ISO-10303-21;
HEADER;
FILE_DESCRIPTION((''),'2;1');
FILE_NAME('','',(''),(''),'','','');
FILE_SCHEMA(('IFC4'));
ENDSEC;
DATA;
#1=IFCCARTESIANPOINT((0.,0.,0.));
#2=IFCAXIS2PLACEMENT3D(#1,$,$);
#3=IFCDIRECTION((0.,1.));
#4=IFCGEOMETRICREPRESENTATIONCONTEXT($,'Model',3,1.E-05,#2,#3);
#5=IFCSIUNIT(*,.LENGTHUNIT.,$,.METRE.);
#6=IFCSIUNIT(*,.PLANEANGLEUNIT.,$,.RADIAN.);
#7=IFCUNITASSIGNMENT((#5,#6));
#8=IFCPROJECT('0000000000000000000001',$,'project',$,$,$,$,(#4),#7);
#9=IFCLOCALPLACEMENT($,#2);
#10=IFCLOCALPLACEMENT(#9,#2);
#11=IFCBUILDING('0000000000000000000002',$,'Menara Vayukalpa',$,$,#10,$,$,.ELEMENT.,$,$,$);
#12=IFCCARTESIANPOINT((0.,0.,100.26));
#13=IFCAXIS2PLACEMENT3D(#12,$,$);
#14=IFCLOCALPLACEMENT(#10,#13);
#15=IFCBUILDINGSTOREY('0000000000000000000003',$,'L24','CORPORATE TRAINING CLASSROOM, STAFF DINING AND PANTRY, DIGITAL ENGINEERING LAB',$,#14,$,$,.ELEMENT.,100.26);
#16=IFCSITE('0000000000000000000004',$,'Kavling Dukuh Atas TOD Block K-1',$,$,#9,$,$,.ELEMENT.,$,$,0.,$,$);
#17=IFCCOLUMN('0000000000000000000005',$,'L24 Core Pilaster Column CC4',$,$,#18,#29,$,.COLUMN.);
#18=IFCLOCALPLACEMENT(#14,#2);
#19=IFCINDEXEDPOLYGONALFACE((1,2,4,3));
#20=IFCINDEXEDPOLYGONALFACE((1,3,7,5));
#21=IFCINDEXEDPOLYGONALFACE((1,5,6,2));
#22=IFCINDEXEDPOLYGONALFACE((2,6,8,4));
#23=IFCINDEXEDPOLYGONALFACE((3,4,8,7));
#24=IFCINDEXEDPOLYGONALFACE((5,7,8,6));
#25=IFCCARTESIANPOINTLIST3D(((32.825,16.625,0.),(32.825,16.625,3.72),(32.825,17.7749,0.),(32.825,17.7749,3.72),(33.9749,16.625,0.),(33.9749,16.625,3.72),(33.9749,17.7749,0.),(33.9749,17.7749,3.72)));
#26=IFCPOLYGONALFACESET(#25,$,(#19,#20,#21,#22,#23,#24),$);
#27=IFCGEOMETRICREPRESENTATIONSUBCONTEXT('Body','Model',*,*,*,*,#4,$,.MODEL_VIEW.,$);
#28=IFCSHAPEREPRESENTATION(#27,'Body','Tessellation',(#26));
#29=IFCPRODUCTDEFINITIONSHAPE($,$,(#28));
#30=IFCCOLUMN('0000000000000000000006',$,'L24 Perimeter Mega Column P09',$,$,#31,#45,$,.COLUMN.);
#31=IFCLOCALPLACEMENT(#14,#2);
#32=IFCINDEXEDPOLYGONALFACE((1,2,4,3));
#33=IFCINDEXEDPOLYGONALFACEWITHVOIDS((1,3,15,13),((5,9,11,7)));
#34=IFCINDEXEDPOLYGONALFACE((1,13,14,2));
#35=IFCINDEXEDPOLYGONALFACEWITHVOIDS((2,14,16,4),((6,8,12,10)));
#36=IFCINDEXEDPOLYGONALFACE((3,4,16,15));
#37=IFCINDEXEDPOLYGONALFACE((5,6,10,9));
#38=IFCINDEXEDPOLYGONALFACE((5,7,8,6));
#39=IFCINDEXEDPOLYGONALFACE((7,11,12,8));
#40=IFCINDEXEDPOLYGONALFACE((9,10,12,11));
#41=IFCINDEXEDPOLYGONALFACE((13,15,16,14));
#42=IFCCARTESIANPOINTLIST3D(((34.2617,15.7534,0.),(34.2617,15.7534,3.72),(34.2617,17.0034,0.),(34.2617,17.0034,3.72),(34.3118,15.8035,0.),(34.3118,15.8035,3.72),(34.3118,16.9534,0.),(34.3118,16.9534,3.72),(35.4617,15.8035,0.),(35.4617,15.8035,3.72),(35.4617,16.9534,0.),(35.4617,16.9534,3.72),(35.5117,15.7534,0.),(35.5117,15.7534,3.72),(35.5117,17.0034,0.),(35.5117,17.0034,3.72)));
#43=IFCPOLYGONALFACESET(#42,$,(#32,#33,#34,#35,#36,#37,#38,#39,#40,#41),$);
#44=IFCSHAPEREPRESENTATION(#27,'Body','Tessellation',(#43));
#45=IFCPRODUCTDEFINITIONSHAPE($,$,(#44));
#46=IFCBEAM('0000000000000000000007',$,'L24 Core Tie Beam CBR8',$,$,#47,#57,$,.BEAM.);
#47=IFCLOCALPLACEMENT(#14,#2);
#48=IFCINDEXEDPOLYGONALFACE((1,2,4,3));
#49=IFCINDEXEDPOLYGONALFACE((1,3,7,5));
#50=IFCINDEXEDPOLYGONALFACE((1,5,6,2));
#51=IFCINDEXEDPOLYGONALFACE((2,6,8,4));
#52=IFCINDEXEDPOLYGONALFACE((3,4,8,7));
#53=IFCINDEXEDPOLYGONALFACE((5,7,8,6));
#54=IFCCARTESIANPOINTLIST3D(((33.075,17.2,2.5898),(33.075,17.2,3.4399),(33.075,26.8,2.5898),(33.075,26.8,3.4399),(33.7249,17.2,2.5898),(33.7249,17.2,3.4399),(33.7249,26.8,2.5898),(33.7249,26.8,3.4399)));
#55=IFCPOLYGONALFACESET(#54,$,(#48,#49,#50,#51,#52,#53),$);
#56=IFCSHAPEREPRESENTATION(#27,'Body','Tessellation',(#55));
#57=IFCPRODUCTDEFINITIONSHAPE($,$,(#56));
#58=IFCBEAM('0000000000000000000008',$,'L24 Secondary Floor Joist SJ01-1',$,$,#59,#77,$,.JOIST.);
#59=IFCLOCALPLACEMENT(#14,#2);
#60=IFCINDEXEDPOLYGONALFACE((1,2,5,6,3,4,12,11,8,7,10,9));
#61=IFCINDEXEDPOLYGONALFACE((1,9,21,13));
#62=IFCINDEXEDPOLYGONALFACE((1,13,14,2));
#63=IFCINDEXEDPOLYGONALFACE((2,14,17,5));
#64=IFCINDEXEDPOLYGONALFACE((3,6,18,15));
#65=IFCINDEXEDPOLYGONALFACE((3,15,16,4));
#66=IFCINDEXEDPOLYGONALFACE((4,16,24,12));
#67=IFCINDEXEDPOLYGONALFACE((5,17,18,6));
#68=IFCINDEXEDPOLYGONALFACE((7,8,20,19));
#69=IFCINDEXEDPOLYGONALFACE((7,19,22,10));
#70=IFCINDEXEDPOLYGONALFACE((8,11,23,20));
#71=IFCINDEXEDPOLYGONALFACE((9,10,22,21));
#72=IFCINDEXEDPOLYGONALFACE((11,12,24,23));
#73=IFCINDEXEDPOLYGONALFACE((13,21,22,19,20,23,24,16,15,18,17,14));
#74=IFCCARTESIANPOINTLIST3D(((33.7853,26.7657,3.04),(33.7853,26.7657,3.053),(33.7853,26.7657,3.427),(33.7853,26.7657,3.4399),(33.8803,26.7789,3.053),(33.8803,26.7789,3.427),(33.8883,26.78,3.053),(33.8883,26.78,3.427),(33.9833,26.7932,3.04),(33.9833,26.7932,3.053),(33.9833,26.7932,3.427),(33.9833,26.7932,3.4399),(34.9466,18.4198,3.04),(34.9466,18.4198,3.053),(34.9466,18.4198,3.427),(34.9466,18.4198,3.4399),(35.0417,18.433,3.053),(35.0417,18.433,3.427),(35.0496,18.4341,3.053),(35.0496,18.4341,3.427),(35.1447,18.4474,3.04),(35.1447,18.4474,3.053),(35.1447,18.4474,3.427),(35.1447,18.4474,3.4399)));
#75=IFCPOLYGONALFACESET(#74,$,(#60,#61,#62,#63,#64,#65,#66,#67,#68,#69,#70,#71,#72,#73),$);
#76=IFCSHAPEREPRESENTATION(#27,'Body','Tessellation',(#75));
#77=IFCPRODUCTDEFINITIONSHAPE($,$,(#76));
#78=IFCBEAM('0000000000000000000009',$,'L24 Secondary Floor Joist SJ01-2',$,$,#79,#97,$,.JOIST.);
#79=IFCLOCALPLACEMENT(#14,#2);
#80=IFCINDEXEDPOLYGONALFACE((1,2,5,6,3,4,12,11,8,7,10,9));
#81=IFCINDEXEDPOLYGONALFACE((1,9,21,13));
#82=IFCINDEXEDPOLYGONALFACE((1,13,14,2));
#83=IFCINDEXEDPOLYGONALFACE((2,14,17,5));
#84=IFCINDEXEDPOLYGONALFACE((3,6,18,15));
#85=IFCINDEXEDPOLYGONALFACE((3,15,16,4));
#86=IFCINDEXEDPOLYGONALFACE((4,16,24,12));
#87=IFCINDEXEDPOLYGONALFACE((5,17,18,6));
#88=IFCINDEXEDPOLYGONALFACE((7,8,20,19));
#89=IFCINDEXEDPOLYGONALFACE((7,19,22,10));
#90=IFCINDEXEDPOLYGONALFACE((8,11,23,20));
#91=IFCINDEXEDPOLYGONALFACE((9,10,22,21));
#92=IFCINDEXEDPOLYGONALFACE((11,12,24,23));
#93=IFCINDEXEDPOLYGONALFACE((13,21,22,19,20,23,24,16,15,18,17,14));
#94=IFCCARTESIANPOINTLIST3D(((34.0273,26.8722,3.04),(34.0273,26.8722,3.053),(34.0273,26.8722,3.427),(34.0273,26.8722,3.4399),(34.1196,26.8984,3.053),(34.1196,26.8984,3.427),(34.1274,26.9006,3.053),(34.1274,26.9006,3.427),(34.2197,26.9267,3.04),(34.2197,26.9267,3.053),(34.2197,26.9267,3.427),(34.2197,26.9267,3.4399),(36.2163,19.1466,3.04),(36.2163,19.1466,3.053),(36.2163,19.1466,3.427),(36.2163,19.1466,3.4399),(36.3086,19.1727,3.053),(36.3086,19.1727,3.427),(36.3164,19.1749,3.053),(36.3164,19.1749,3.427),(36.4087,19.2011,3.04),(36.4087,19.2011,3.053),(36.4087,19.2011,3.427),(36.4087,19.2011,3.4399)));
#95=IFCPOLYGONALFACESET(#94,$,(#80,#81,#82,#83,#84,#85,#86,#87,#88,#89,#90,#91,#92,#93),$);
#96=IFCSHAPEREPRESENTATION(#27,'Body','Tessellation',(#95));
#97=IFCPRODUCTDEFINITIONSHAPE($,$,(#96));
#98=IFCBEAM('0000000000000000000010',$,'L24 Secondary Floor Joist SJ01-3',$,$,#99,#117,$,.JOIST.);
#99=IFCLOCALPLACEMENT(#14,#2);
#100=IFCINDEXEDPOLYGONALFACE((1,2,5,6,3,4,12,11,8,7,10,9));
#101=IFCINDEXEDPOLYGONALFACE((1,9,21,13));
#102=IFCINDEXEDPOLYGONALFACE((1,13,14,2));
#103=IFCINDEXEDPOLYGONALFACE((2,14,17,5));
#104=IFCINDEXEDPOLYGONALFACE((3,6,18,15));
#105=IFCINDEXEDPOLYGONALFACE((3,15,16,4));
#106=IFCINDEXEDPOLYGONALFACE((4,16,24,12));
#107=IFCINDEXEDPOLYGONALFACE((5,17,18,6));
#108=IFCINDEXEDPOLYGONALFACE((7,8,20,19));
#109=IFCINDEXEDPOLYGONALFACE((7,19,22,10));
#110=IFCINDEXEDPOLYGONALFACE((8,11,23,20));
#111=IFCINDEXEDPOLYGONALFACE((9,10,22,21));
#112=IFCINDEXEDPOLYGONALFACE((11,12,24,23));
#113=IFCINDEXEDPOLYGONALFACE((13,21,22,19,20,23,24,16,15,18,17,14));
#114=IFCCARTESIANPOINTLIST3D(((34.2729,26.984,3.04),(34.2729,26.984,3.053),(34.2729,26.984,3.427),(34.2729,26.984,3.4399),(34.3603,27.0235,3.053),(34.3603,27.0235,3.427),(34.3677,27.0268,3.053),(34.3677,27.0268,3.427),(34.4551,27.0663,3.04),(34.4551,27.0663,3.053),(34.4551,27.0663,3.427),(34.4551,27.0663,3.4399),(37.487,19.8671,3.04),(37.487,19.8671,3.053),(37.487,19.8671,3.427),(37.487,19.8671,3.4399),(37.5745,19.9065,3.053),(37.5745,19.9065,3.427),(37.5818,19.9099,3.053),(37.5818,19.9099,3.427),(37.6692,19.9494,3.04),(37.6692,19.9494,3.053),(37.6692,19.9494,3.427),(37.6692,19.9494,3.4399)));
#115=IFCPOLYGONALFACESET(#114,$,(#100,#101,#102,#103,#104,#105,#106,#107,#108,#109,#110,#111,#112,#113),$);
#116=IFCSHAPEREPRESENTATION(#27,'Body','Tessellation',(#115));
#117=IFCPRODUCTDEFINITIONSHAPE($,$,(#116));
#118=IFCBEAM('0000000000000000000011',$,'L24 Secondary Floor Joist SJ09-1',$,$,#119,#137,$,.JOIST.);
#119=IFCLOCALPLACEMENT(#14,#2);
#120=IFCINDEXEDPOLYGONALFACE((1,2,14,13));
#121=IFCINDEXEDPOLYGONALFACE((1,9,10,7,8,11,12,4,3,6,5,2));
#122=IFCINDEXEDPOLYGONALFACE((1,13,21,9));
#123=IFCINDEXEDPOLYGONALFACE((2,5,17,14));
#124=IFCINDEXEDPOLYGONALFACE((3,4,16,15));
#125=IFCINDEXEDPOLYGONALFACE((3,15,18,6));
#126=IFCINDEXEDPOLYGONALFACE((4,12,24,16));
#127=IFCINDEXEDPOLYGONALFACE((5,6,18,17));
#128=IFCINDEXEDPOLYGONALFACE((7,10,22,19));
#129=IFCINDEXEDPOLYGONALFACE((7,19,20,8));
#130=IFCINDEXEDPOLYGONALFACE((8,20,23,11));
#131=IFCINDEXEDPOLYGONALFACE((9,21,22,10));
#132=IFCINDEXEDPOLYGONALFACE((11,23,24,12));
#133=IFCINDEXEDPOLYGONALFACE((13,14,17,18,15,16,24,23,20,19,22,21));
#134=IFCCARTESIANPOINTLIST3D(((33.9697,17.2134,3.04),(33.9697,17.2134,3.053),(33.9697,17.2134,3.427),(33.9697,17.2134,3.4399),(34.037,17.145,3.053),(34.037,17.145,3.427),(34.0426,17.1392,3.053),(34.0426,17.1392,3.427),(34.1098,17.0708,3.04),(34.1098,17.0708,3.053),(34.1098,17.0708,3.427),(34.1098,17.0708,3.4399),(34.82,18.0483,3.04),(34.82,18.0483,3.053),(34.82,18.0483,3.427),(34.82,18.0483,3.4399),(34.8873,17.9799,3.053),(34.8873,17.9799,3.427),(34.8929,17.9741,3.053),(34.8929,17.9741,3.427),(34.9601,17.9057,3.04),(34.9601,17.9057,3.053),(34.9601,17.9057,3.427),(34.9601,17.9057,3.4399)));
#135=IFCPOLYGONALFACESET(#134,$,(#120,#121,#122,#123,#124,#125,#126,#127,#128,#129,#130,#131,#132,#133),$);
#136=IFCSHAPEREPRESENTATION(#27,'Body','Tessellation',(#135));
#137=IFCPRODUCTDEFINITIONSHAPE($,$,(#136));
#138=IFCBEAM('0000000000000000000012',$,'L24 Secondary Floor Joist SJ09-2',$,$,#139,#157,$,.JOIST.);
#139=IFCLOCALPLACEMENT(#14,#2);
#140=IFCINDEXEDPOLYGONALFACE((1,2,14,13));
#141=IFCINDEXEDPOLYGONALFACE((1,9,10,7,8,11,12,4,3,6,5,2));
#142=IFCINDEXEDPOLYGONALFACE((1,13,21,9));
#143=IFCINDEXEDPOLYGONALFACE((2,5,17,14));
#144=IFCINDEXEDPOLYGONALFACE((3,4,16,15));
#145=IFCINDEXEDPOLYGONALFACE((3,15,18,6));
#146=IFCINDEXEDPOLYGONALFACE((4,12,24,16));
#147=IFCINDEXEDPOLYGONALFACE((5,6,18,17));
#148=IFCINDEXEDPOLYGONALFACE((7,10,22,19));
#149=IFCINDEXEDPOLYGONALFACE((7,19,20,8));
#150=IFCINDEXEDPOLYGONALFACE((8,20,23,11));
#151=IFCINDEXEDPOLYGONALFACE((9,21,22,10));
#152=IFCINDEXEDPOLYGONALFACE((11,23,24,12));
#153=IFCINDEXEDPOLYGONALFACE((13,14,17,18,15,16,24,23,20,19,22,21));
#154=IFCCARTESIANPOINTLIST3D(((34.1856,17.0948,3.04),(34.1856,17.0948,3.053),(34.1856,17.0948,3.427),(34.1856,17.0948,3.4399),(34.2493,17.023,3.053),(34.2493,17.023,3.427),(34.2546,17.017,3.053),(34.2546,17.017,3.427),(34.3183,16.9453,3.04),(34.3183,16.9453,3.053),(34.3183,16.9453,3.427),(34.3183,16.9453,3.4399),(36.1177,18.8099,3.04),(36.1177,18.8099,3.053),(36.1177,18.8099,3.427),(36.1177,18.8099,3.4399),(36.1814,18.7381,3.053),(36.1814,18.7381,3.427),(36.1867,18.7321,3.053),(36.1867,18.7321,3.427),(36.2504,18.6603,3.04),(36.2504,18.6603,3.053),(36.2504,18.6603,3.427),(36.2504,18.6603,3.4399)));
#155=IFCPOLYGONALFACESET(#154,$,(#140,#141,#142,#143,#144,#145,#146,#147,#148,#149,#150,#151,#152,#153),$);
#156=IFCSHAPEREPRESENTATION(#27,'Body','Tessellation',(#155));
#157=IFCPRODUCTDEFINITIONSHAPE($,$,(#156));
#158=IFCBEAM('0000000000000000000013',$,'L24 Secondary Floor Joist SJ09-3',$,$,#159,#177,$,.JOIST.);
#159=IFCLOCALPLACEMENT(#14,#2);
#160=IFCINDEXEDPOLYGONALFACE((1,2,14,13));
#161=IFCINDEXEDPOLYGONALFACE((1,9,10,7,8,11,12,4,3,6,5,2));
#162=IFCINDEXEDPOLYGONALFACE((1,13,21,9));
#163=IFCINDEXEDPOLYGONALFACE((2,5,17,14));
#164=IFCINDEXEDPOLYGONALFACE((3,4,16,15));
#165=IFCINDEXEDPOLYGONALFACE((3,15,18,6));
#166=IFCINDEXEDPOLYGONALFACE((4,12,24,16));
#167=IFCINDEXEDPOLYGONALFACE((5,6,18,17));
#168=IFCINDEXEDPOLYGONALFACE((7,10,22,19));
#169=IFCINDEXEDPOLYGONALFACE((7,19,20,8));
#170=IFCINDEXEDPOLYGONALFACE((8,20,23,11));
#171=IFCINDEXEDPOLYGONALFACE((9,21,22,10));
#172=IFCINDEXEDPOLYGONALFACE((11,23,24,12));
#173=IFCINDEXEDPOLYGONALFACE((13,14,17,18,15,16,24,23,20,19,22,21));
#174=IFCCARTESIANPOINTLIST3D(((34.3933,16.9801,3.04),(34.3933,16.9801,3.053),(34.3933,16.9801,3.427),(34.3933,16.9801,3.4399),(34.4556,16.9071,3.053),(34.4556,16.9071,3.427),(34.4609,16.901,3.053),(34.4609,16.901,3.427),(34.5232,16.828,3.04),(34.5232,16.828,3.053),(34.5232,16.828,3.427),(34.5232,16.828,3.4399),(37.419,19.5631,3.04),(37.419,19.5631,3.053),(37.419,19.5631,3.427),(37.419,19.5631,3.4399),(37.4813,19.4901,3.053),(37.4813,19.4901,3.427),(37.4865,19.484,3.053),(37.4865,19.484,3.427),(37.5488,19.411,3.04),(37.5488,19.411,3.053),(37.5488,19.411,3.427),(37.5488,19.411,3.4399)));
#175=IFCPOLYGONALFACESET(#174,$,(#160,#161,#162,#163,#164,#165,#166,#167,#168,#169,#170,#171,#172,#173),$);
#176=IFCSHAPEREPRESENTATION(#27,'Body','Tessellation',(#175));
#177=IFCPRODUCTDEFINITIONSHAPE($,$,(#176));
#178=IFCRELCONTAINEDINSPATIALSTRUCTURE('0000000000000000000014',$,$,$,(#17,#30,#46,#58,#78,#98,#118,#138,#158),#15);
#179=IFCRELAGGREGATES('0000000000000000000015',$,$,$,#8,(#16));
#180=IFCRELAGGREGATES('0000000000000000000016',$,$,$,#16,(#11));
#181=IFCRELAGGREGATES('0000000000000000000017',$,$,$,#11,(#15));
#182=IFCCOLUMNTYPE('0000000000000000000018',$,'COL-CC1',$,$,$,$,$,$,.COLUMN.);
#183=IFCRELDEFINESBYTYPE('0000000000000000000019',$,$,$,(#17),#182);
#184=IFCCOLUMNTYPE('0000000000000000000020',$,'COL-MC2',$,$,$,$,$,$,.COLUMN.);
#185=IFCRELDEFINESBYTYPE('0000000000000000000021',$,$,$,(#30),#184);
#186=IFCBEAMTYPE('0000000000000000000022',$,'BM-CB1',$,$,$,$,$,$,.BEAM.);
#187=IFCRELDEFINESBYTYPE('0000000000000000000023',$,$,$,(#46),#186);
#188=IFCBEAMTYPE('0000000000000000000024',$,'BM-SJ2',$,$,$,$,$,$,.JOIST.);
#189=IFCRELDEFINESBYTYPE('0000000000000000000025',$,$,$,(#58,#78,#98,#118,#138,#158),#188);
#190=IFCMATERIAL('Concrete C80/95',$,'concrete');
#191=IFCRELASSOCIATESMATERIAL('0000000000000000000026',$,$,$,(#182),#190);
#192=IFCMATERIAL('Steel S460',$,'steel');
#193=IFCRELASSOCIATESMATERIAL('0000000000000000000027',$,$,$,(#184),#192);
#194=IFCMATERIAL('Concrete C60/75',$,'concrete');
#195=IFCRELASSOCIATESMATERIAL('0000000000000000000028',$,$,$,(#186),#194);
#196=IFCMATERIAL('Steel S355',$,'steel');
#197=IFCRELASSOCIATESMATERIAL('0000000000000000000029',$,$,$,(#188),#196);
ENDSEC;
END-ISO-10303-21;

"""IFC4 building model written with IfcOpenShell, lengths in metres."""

from ifc_helpers import new_model, si_unit, direction, frame, origin, origin_2d, place, context, subcontext, project, spatial, rectangle, hollow_rectangle, i_section, extrude, material, material_profile, profile_set, type_object, element, save


model = new_model("IFC4")

# Units and contexts
model_context = context("Model", 3, precision=1e-05, world=origin(), true_north=direction((0.0, 1.0)))
body_context = subcontext(model_context, "Body", "Model", "MODEL_VIEW")
ifc_project = project(units=[si_unit("LENGTHUNIT", "METRE"), si_unit("PLANEANGLEUNIT", "RADIAN")], contexts=[model_context])

# Site, building, storey
site_placement = place(None, origin())
site = spatial("IfcSite", under=ifc_project, at=site_placement, Name="Kavling Dukuh Atas TOD Block K-1", CompositionType="ELEMENT", RefElevation=0.0)
building_placement = place(site_placement, origin())
building = spatial("IfcBuilding", under=site, at=building_placement, Name="Menara Vayukalpa", CompositionType="ELEMENT")
storey_placement = place(building_placement, frame((0.0, 0.0, 100.26)))
storey = spatial("IfcBuildingStorey", under=building, at=storey_placement, Name="L24", Description="CORPORATE TRAINING CLASSROOM, STAFF DINING AND PANTRY, DIGITAL ENGINEERING LAB", CompositionType="ELEMENT", Elevation=100.26)

# Columns
ifc_material_1 = material(Name="Concrete C80/95", Category="concrete")
ifc_material_profile_1 = material_profile(ifc_material_1, rectangle(XDim=1.1499, YDim=1.1499, at=origin_2d()), Name="RC 1150x1150")
ifc_profile_set_1 = profile_set([ifc_material_profile_1], Name="Concrete C80/95")
column_type_1 = type_object("IfcColumnType", Name="COL-CC1", PredefinedType="COLUMN", material=ifc_profile_set_1)
column_1_placement = place(storey_placement, frame((33.3999, 17.2, 0.0), z_axis=(0.0, 0.0, 1.0), x_axis=(1.0, 0.0, 0.0)))
element("IfcColumn", 1, at=column_1_placement, inside=storey, type_object=column_type_1, Name="L24 Core Pilaster Column CC4", PredefinedType="COLUMN", context=body_context, shape_type="SweptSolid", body=[
    extrude(rectangle(XDim=1.1499, YDim=1.1499, at=origin_2d()), origin(), (0.0, 0.0, 1.0), 3.72),
])
ifc_material_2 = material(Name="Steel S460", Category="steel")
ifc_material_profile_2 = material_profile(ifc_material_2, hollow_rectangle(XDim=1.25, YDim=1.25, WallThickness=0.05, at=origin_2d()), Name="BOX 1250x1250x50")
ifc_profile_set_2 = profile_set([ifc_material_profile_2], Name="Steel S460")
column_type_2 = type_object("IfcColumnType", Name="COL-MC2", PredefinedType="COLUMN", material=ifc_profile_set_2)
column_2_placement = place(storey_placement, frame((34.8867, 16.3784, 0.0), z_axis=(0.0, 0.0, 1.0), x_axis=(1.0, 0.0, 0.0)))
element("IfcColumn", 2, at=column_2_placement, inside=storey, type_object=column_type_2, Name="L24 Perimeter Mega Column P09", PredefinedType="COLUMN", context=body_context, shape_type="SweptSolid", body=[
    extrude(hollow_rectangle(XDim=1.25, YDim=1.25, WallThickness=0.05, at=origin_2d()), origin(), (0.0, 0.0, 1.0), 3.72),
])

# Beams
ifc_material_3 = material(Name="Concrete C60/75", Category="concrete")
ifc_material_profile_3 = material_profile(ifc_material_3, rectangle(XDim=0.6499, YDim=0.8501, at=origin_2d()), Name="RC 650x850")
ifc_profile_set_3 = profile_set([ifc_material_profile_3], Name="Concrete C60/75")
beam_type_1 = type_object("IfcBeamType", Name="BM-CB1", PredefinedType="BEAM", material=ifc_profile_set_3)
beam_1_placement = place(storey_placement, frame((33.3999, 17.2, 3.0149), z_axis=(0.0, 1.0, 0.0), x_axis=(-1.0, 0.0, 0.0)))
element("IfcBeam", 3, at=beam_1_placement, inside=storey, type_object=beam_type_1, Name="L24 Core Tie Beam CBR8", PredefinedType="BEAM", context=body_context, shape_type="SweptSolid", body=[
    extrude(rectangle(XDim=0.6499, YDim=0.8501, at=origin_2d()), origin(), (0.0, 0.0, 1.0), 9.6001),
])
ifc_material_4 = material(Name="Steel S355", Category="steel")
ifc_material_profile_4 = material_profile(ifc_material_4, i_section(OverallWidth=0.2, OverallDepth=0.3999, WebThickness=0.0081, FlangeThickness=0.0129, at=origin_2d()), Name="WF 400x200x8x13")
ifc_profile_set_4 = profile_set([ifc_material_profile_4], Name="Steel S355")
beam_type_2 = type_object("IfcBeamType", Name="BM-SJ2", PredefinedType="JOIST", material=ifc_profile_set_4)
beam_2_placement = place(storey_placement, frame((35.0457, 18.4336, 3.24), z_axis=(-0.137827, 0.990456, 0.0), x_axis=(-0.990456, -0.137827, 0.0)))
element("IfcBeam", 4, at=beam_2_placement, inside=storey, type_object=beam_type_2, Name="L24 Secondary Floor Joist SJ01-1", PredefinedType="JOIST", context=body_context, shape_type="SweptSolid", body=[
    extrude(i_section(OverallWidth=0.2, OverallDepth=0.3999, WebThickness=0.0081, FlangeThickness=0.0129, at=origin_2d()), origin(), (0.0, 0.0, 1.0), 8.4263),
])
beam_3_placement = place(storey_placement, frame((36.3125, 19.1738, 3.24), z_axis=(-0.272608, 0.962125, 0.0), x_axis=(-0.962125, -0.272608, 0.0)))
element("IfcBeam", 5, at=beam_3_placement, inside=storey, type_object=beam_type_2, Name="L24 Secondary Floor Joist SJ01-2", PredefinedType="JOIST", context=body_context, shape_type="SweptSolid", body=[
    extrude(i_section(OverallWidth=0.2, OverallDepth=0.3999, WebThickness=0.0081, FlangeThickness=0.0129, at=origin_2d()), origin(), (0.0, 0.0, 1.0), 8.0298),
])
beam_4_placement = place(storey_placement, frame((37.5781, 19.9082, 3.24), z_axis=(-0.411588, 0.91137, 0.0), x_axis=(-0.91137, -0.411588, 0.0)))
element("IfcBeam", 6, at=beam_4_placement, inside=storey, type_object=beam_type_2, Name="L24 Secondary Floor Joist SJ01-3", PredefinedType="JOIST", context=body_context, shape_type="SweptSolid", body=[
    extrude(i_section(OverallWidth=0.2, OverallDepth=0.3999, WebThickness=0.0081, FlangeThickness=0.0129, at=origin_2d()), origin(), (0.0, 0.0, 1.0), 7.8091),
])
beam_5_placement = place(storey_placement, frame((34.0398, 17.1421, 3.24), z_axis=(0.71353, 0.700624, 0.0), x_axis=(-0.700624, 0.71353, 0.0)))
element("IfcBeam", 7, at=beam_5_placement, inside=storey, type_object=beam_type_2, Name="L24 Secondary Floor Joist SJ09-1", PredefinedType="JOIST", context=body_context, shape_type="SweptSolid", body=[
    extrude(i_section(OverallWidth=0.2, OverallDepth=0.3999, WebThickness=0.0081, FlangeThickness=0.0129, at=origin_2d()), origin(), (0.0, 0.0, 1.0), 1.1917),
])
beam_6_placement = place(storey_placement, frame((34.252, 17.02, 3.24), z_axis=(0.747863, 0.663853, 0.0), x_axis=(-0.663853, 0.747863, 0.0)))
element("IfcBeam", 8, at=beam_6_placement, inside=storey, type_object=beam_type_2, Name="L24 Secondary Floor Joist SJ09-2", PredefinedType="JOIST", context=body_context, shape_type="SweptSolid", body=[
    extrude(i_section(OverallWidth=0.2, OverallDepth=0.3999, WebThickness=0.0081, FlangeThickness=0.0129, at=origin_2d()), origin(), (0.0, 0.0, 1.0), 2.5835),
])
beam_7_placement = place(storey_placement, frame((34.4583, 16.9041, 3.24), z_axis=(0.760546, 0.649284, 0.0), x_axis=(-0.649284, 0.760546, 0.0)))
element("IfcBeam", 9, at=beam_7_placement, inside=storey, type_object=beam_type_2, Name="L24 Secondary Floor Joist SJ09-3", PredefinedType="JOIST", context=body_context, shape_type="SweptSolid", body=[
    extrude(i_section(OverallWidth=0.2, OverallDepth=0.3999, WebThickness=0.0081, FlangeThickness=0.0129, at=origin_2d()), origin(), (0.0, 0.0, 1.0), 3.9783),
])

save(model, "model.ifc")
